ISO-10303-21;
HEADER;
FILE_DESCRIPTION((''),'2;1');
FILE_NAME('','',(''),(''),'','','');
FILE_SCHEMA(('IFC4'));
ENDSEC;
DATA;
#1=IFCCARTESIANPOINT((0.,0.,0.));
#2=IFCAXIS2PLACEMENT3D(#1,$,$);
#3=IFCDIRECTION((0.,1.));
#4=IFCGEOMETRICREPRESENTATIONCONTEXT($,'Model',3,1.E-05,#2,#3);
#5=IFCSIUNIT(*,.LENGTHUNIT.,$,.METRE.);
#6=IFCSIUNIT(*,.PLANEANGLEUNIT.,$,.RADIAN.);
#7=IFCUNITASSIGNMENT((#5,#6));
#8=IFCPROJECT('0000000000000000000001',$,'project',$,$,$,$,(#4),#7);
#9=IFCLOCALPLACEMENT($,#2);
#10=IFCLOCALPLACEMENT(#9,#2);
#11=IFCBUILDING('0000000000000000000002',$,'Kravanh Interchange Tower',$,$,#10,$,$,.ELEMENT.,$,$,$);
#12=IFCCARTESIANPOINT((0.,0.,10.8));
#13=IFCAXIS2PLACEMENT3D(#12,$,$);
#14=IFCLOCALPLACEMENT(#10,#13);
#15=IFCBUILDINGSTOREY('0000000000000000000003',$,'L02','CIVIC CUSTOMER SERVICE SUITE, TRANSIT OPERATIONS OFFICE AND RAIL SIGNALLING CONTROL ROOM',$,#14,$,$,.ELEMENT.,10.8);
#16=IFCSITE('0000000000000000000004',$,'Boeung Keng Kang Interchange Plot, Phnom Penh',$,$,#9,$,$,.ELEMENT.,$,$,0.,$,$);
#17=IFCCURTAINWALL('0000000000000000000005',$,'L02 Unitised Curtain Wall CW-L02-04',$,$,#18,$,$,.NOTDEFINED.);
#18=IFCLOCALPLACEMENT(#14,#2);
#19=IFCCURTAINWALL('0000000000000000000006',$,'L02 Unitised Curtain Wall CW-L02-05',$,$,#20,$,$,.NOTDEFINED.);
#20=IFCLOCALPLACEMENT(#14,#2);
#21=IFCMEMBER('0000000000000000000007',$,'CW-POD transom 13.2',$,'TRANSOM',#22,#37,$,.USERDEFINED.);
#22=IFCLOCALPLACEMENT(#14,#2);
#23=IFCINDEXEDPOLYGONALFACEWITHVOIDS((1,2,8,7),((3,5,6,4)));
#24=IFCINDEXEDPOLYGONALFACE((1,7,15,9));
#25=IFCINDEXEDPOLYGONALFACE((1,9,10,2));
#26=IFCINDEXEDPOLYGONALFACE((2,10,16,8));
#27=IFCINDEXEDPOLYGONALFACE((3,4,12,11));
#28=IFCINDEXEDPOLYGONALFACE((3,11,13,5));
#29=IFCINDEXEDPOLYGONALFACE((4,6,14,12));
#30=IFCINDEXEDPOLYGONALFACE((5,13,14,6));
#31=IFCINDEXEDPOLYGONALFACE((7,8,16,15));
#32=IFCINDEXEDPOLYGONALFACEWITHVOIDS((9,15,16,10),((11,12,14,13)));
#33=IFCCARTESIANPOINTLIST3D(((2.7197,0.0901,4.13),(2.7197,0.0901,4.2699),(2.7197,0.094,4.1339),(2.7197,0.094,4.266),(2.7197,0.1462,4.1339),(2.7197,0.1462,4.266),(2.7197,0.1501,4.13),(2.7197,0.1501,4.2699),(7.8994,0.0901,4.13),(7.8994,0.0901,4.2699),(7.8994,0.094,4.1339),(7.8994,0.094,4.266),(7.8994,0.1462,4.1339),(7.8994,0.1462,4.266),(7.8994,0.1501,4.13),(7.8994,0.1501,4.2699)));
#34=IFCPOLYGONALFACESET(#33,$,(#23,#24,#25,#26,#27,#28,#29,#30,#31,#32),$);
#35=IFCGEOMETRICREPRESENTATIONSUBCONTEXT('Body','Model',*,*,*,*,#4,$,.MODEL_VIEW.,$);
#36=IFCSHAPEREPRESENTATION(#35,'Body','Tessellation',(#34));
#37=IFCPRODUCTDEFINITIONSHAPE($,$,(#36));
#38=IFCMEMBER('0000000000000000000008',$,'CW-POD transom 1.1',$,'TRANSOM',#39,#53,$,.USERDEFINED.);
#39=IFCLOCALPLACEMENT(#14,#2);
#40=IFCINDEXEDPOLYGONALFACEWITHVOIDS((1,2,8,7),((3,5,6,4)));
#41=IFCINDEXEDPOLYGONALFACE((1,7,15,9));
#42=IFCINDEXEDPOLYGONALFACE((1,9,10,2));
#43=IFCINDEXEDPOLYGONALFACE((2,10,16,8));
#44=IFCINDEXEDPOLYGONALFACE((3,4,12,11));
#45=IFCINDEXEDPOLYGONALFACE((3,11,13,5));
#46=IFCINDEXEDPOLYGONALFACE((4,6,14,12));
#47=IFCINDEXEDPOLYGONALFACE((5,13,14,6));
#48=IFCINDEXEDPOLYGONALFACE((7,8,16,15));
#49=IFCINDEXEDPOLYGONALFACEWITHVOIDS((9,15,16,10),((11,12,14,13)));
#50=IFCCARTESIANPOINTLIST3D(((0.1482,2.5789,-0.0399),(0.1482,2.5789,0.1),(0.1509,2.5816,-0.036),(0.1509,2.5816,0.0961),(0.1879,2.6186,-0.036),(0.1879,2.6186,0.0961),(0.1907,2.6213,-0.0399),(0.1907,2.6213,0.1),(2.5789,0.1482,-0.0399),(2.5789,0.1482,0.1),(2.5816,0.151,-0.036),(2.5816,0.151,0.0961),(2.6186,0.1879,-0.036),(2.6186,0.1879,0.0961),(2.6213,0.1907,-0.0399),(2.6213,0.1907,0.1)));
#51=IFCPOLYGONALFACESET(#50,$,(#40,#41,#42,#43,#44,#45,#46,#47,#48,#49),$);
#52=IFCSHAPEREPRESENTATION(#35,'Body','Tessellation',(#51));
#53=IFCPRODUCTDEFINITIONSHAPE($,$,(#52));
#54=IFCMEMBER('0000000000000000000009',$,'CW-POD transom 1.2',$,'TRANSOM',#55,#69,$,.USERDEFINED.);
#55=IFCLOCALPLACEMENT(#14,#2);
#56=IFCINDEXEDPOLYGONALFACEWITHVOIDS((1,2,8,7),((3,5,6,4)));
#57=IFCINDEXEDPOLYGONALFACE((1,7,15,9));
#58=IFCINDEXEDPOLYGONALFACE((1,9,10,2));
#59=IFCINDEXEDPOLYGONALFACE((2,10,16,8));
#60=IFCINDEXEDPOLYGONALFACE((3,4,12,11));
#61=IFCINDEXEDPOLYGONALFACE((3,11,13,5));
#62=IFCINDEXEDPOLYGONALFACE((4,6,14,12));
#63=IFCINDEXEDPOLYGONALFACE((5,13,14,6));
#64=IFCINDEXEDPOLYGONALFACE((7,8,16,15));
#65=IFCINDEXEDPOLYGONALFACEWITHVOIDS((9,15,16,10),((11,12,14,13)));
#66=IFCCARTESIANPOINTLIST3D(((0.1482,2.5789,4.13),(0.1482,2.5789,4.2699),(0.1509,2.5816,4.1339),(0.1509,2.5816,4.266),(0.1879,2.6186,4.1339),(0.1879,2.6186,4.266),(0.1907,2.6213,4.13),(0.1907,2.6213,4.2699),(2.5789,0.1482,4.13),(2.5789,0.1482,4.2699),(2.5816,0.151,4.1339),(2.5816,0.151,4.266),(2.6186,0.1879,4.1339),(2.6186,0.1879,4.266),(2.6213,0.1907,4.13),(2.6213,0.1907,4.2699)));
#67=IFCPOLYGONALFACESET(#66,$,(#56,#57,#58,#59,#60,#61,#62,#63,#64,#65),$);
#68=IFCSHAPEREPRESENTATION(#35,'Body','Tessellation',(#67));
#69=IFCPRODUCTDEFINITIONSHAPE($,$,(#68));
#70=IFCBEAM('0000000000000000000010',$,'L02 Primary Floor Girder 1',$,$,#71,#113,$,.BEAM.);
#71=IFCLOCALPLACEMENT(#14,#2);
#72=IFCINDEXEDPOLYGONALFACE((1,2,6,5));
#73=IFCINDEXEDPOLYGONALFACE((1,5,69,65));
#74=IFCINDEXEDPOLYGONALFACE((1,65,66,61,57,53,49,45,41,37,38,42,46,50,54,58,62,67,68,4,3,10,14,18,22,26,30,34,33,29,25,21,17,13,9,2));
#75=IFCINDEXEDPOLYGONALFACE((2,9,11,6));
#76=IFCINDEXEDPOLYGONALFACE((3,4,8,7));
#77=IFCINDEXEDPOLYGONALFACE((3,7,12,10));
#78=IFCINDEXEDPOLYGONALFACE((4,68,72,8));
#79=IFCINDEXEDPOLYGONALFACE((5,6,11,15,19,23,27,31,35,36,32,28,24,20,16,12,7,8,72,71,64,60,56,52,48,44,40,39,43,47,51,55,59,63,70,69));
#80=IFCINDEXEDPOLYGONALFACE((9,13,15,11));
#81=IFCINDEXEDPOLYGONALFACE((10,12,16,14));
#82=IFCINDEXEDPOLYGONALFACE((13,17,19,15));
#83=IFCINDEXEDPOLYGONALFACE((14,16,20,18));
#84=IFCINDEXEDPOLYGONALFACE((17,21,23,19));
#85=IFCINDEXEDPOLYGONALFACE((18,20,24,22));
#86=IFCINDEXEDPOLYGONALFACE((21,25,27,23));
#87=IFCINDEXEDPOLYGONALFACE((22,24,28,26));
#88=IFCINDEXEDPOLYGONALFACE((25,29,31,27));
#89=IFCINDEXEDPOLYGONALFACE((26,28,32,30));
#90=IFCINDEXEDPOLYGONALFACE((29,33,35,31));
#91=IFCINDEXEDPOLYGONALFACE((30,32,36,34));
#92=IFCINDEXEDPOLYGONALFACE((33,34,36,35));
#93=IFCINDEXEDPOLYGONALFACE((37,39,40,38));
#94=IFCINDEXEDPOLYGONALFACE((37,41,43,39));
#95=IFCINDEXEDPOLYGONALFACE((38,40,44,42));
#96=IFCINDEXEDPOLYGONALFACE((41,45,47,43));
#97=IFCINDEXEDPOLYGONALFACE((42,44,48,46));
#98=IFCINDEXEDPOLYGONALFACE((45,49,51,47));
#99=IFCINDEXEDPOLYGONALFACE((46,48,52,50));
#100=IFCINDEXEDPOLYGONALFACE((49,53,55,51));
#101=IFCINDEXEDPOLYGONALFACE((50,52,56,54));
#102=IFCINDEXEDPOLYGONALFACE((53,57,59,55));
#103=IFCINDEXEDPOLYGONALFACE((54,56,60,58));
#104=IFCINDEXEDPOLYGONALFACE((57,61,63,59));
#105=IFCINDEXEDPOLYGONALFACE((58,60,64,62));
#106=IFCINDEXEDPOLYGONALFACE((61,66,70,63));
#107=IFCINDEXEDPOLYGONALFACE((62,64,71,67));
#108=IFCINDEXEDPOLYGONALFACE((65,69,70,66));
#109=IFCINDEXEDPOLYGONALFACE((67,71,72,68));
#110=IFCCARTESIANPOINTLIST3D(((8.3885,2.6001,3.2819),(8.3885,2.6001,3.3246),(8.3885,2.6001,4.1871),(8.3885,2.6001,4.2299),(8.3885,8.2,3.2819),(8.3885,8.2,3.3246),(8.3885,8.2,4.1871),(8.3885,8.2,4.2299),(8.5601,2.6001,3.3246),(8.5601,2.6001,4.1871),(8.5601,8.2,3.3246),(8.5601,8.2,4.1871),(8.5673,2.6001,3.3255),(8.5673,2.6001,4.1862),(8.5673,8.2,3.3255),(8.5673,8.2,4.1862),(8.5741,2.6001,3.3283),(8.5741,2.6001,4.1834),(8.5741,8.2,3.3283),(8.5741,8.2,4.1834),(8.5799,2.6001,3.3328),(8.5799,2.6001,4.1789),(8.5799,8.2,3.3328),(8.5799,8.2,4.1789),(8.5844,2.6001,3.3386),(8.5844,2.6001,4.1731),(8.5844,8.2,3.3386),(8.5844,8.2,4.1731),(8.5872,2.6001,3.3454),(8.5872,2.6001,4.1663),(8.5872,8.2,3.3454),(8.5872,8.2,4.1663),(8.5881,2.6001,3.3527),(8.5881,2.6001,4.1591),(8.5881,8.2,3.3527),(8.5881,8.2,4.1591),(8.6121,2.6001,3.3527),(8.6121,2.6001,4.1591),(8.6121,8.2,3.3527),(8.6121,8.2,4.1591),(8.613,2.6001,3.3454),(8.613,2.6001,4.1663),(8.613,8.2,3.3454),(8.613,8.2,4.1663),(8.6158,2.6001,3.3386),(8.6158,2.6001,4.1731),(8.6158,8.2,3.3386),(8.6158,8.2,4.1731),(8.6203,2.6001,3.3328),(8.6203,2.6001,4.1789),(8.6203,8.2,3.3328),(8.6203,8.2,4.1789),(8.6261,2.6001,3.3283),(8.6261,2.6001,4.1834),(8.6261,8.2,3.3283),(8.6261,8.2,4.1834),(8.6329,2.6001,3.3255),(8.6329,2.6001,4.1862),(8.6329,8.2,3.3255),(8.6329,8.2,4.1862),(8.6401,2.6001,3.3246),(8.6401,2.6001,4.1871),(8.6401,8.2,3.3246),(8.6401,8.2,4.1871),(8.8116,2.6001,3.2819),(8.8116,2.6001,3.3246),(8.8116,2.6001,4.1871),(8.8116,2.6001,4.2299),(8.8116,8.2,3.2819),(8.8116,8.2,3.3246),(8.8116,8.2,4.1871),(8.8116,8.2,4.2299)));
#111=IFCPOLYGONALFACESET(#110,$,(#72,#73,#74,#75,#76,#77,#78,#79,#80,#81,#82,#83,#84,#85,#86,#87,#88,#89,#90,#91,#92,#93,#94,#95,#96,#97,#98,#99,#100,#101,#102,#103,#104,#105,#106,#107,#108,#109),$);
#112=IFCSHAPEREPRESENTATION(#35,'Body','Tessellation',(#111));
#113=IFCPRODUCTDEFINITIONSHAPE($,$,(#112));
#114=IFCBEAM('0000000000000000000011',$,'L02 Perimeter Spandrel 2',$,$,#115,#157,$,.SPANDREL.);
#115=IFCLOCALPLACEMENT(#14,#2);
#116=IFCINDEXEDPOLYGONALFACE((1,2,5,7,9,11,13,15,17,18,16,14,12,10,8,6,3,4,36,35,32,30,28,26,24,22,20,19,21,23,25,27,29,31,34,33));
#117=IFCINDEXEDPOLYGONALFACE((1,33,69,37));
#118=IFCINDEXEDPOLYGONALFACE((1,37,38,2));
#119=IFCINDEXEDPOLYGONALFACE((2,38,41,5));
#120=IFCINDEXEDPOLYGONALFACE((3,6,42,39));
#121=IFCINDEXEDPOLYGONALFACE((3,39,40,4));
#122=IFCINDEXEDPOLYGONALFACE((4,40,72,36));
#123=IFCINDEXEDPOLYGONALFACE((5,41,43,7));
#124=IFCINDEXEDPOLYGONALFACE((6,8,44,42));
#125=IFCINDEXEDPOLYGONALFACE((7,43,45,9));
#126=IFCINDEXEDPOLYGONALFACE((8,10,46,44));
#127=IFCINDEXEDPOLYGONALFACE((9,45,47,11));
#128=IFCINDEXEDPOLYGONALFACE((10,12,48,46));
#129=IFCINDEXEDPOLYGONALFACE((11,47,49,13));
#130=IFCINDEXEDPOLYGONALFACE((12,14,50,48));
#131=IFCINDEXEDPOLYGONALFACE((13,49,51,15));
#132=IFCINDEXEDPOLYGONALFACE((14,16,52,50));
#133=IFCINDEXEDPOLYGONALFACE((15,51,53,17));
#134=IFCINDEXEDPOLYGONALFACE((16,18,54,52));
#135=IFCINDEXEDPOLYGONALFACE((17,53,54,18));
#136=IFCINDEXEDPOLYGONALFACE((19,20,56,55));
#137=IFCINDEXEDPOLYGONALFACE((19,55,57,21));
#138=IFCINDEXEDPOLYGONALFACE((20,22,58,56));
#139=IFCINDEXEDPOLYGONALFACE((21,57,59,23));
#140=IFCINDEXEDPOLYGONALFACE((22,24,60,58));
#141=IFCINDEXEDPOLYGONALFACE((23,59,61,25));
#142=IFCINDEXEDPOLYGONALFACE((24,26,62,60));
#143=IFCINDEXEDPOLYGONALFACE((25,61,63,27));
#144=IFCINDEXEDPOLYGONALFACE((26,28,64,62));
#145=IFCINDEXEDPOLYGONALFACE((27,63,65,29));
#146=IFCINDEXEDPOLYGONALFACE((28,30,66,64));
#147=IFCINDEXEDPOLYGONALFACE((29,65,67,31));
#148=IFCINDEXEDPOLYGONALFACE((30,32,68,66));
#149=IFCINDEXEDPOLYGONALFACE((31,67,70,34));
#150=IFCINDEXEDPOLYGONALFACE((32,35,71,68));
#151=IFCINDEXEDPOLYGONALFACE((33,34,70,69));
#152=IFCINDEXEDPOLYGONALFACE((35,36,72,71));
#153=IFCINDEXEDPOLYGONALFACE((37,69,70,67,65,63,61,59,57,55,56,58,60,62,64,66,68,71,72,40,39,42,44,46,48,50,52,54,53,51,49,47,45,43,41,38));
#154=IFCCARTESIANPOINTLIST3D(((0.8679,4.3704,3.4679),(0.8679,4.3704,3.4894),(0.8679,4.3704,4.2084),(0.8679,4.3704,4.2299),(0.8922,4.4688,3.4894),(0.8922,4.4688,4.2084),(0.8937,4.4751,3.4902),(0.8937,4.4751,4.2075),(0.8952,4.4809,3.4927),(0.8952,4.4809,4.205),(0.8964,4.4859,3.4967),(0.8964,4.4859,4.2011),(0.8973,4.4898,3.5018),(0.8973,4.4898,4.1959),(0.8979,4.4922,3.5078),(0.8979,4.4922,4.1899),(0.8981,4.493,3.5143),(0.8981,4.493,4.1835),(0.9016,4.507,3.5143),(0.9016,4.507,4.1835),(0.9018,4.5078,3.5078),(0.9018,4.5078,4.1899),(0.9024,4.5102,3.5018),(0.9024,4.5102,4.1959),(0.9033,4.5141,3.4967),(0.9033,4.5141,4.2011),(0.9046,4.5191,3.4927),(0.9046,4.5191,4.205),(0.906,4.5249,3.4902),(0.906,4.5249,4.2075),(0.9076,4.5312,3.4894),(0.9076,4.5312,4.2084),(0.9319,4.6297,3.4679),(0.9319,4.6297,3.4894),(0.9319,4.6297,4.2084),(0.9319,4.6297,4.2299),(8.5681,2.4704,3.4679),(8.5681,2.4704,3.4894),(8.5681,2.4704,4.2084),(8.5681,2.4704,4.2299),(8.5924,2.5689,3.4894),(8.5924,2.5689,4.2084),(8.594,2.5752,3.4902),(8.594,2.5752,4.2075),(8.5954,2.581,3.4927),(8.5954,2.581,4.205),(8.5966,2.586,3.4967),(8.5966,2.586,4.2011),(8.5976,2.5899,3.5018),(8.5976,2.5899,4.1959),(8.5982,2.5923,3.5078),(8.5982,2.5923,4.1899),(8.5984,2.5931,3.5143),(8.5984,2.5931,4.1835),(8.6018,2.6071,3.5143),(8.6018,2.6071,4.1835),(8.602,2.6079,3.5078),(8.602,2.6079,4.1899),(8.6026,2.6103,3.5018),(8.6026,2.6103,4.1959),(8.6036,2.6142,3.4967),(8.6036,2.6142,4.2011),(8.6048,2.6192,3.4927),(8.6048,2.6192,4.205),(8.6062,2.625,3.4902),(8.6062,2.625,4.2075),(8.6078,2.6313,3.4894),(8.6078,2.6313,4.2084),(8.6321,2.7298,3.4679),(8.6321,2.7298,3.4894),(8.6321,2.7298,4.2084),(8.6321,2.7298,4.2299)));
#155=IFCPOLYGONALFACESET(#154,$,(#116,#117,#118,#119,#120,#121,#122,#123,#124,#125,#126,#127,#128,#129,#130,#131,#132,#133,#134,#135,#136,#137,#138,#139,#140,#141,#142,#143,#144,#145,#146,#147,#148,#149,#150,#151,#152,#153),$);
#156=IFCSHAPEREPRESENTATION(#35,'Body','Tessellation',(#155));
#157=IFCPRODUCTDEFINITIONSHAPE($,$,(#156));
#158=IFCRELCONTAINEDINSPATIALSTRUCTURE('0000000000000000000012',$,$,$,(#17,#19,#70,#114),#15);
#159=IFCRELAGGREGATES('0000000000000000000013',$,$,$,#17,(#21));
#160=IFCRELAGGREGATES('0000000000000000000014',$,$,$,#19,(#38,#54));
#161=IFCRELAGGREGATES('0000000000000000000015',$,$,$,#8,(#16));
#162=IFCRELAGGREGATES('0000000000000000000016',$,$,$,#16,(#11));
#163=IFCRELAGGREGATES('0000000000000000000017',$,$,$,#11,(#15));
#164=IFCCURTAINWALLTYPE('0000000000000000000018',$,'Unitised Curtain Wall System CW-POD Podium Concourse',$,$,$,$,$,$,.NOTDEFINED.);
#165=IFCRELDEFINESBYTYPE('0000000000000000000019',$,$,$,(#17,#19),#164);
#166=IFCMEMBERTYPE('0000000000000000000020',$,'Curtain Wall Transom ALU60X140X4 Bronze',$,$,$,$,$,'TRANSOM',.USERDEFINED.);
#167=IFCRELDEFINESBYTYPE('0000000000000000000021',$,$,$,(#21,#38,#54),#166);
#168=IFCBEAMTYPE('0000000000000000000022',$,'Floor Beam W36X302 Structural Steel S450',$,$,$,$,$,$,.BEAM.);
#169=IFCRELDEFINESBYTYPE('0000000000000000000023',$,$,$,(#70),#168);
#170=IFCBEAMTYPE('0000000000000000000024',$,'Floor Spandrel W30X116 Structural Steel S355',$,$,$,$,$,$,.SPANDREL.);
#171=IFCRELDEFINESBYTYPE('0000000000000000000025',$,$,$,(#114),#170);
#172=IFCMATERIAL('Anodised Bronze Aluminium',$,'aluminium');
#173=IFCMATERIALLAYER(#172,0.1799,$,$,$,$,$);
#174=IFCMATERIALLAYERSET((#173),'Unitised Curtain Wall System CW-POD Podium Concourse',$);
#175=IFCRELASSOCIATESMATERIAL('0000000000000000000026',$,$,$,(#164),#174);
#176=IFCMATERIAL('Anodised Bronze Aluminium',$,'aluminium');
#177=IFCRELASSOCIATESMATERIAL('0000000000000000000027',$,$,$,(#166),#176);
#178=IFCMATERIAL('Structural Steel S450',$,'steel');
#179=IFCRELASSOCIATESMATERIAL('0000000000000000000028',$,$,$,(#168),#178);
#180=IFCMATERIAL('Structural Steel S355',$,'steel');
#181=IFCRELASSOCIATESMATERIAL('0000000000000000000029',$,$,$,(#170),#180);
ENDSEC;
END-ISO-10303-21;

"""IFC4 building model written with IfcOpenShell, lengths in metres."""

from ifc_helpers import new_model, si_unit, direction, frame, origin, origin_2d, place, context, subcontext, project, spatial, hollow_rectangle, i_section, extrude, material, layer, layer_set, material_profile, profile_set, type_object, element, aggregate, save


model = new_model("IFC4")

# Units and contexts
model_context = context("Model", 3, precision=1e-05, world=origin(), true_north=direction((0.0, 1.0)))
body_context = subcontext(model_context, "Body", "Model", "MODEL_VIEW")
ifc_project = project(units=[si_unit("LENGTHUNIT", "METRE"), si_unit("PLANEANGLEUNIT", "RADIAN")], contexts=[model_context])

# Site, building, storey
site_placement = place(None, origin())
site = spatial("IfcSite", under=ifc_project, at=site_placement, Name="Boeung Keng Kang Interchange Plot, Phnom Penh", CompositionType="ELEMENT", RefElevation=0.0)
building_placement = place(site_placement, origin())
building = spatial("IfcBuilding", under=site, at=building_placement, Name="Kravanh Interchange Tower", CompositionType="ELEMENT")
storey_placement = place(building_placement, frame((0.0, 0.0, 10.8)))
storey = spatial("IfcBuildingStorey", under=building, at=storey_placement, Name="L02", Description="CIVIC CUSTOMER SERVICE SUITE, TRANSIT OPERATIONS OFFICE AND RAIL SIGNALLING CONTROL ROOM", CompositionType="ELEMENT", Elevation=10.8)

# Shared definitions
ifc_material_1 = material(Name="Anodised Bronze Aluminium", Category="aluminium")
ifc_layer_1 = layer(ifc_material_1, 0.1799)
ifc_layer_set_1 = layer_set([ifc_layer_1], Name="Unitised Curtain Wall System CW-POD Podium Concourse")
curtain_wall_type = type_object("IfcCurtainWallType", Name="Unitised Curtain Wall System CW-POD Podium Concourse", PredefinedType="NOTDEFINED", material=ifc_layer_set_1)

# Curtain walls
curtain_wall_1_placement = place(storey_placement, origin())
curtain_wall_1 = element("IfcCurtainWall", 1, at=curtain_wall_1_placement, inside=storey, type_object=curtain_wall_type, Name="L02 Unitised Curtain Wall CW-L02-04", PredefinedType="NOTDEFINED")
curtain_wall_2_placement = place(storey_placement, origin())
curtain_wall_2 = element("IfcCurtainWall", 2, at=curtain_wall_2_placement, inside=storey, type_object=curtain_wall_type, Name="L02 Unitised Curtain Wall CW-L02-05", PredefinedType="NOTDEFINED")

# Members
ifc_material_2 = material(Name="Anodised Bronze Aluminium", Category="aluminium")
ifc_material_profile_1 = material_profile(ifc_material_2, hollow_rectangle(XDim=0.0601, YDim=0.1399, WallThickness=0.0039, at=origin_2d()), Name="ALU60X140X4")
ifc_profile_set_1 = profile_set([ifc_material_profile_1], Name="Anodised Bronze Aluminium")
member_type_1 = type_object("IfcMemberType", Name="Curtain Wall Transom ALU60X140X4 Bronze", ElementType="TRANSOM", PredefinedType="USERDEFINED", material=ifc_profile_set_1)
member_1_placement = place(storey_placement, frame((7.8994, 0.1201, 4.2), z_axis=(-1.0, 0.0, 0.0), x_axis=(0.0, -1.0, 0.0)))
member_1 = element("IfcMember", 3, at=member_1_placement, type_object=member_type_1, Name="CW-POD transom 13.2", ObjectType="TRANSOM", PredefinedType="USERDEFINED", context=body_context, shape_type="SweptSolid", body=[
    extrude(hollow_rectangle(XDim=0.0601, YDim=0.1399, WallThickness=0.0039, at=origin_2d()), origin(), (0.0, 0.0, 1.0), 5.1797),
])
member_2_placement = place(storey_placement, frame((2.6001, 0.1694, 0.03), z_axis=(-0.707107, 0.707107, 0.0), x_axis=(-0.707107, -0.707107, 0.0)))
member_2 = element("IfcMember", 4, at=member_2_placement, type_object=member_type_1, Name="CW-POD transom 1.1", ObjectType="TRANSOM", PredefinedType="USERDEFINED", context=body_context, shape_type="SweptSolid", body=[
    extrude(hollow_rectangle(XDim=0.0601, YDim=0.1399, WallThickness=0.0039, at=origin_2d()), origin(), (0.0, 0.0, 1.0), 3.4375),
])
member_3_placement = place(storey_placement, frame((2.6001, 0.1694, 4.2), z_axis=(-0.707107, 0.707107, 0.0), x_axis=(-0.707107, -0.707107, 0.0)))
member_3 = element("IfcMember", 5, at=member_3_placement, type_object=member_type_1, Name="CW-POD transom 1.2", ObjectType="TRANSOM", PredefinedType="USERDEFINED", context=body_context, shape_type="SweptSolid", body=[
    extrude(hollow_rectangle(XDim=0.0601, YDim=0.1399, WallThickness=0.0039, at=origin_2d()), origin(), (0.0, 0.0, 1.0), 3.4375),
])

# Beams
ifc_material_3 = material(Name="Structural Steel S450", Category="steel")
ifc_material_profile_2 = material_profile(ifc_material_3, i_section(OverallWidth=0.4231, OverallDepth=0.948, WebThickness=0.0239, FlangeThickness=0.0427, FilletRadius=0.0281, at=origin_2d()), Name="W36X302")
ifc_profile_set_2 = profile_set([ifc_material_profile_2], Name="Structural Steel S450")
beam_type_1 = type_object("IfcBeamType", Name="Floor Beam W36X302 Structural Steel S450", PredefinedType="BEAM", material=ifc_profile_set_2)
beam_1_placement = place(storey_placement, frame((8.6001, 2.6001, 3.7559), z_axis=(0.0, 1.0, 0.0), x_axis=(-1.0, 0.0, 0.0)))
element("IfcBeam", 6, at=beam_1_placement, inside=storey, type_object=beam_type_1, Name="L02 Primary Floor Girder 1", PredefinedType="BEAM", context=body_context, shape_type="SweptSolid", body=[
    extrude(i_section(OverallWidth=0.4231, OverallDepth=0.948, WebThickness=0.0239, FlangeThickness=0.0427, FilletRadius=0.0281, at=origin_2d()), origin(), (0.0, 0.0, 1.0), 5.5999),
])
ifc_material_4 = material(Name="Structural Steel S355", Category="steel")
ifc_material_profile_3 = material_profile(ifc_material_4, i_section(OverallWidth=0.2671, OverallDepth=0.762, WebThickness=0.0144, FlangeThickness=0.0215, FilletRadius=0.0249, at=origin_2d()), Name="W30X116")
ifc_profile_set_3 = profile_set([ifc_material_profile_3], Name="Structural Steel S355")
beam_type_2 = type_object("IfcBeamType", Name="Floor Spandrel W30X116 Structural Steel S355", PredefinedType="SPANDREL", material=ifc_profile_set_3)
beam_2_placement = place(storey_placement, frame((8.6001, 2.6001, 3.8489), z_axis=(-0.970884, 0.23955, 0.0), x_axis=(-0.23955, -0.970884, 0.0)))
element("IfcBeam", 7, at=beam_2_placement, inside=storey, type_object=beam_type_2, Name="L02 Perimeter Spandrel 2", PredefinedType="SPANDREL", context=body_context, shape_type="SweptSolid", body=[
    extrude(i_section(OverallWidth=0.2671, OverallDepth=0.762, WebThickness=0.0144, FlangeThickness=0.0215, FilletRadius=0.0249, at=origin_2d()), origin(), (0.0, 0.0, 1.0), 7.9312),
])

aggregate(curtain_wall_1, [member_1])
aggregate(curtain_wall_2, [member_2, member_3])

save(model, "model.ifc")
